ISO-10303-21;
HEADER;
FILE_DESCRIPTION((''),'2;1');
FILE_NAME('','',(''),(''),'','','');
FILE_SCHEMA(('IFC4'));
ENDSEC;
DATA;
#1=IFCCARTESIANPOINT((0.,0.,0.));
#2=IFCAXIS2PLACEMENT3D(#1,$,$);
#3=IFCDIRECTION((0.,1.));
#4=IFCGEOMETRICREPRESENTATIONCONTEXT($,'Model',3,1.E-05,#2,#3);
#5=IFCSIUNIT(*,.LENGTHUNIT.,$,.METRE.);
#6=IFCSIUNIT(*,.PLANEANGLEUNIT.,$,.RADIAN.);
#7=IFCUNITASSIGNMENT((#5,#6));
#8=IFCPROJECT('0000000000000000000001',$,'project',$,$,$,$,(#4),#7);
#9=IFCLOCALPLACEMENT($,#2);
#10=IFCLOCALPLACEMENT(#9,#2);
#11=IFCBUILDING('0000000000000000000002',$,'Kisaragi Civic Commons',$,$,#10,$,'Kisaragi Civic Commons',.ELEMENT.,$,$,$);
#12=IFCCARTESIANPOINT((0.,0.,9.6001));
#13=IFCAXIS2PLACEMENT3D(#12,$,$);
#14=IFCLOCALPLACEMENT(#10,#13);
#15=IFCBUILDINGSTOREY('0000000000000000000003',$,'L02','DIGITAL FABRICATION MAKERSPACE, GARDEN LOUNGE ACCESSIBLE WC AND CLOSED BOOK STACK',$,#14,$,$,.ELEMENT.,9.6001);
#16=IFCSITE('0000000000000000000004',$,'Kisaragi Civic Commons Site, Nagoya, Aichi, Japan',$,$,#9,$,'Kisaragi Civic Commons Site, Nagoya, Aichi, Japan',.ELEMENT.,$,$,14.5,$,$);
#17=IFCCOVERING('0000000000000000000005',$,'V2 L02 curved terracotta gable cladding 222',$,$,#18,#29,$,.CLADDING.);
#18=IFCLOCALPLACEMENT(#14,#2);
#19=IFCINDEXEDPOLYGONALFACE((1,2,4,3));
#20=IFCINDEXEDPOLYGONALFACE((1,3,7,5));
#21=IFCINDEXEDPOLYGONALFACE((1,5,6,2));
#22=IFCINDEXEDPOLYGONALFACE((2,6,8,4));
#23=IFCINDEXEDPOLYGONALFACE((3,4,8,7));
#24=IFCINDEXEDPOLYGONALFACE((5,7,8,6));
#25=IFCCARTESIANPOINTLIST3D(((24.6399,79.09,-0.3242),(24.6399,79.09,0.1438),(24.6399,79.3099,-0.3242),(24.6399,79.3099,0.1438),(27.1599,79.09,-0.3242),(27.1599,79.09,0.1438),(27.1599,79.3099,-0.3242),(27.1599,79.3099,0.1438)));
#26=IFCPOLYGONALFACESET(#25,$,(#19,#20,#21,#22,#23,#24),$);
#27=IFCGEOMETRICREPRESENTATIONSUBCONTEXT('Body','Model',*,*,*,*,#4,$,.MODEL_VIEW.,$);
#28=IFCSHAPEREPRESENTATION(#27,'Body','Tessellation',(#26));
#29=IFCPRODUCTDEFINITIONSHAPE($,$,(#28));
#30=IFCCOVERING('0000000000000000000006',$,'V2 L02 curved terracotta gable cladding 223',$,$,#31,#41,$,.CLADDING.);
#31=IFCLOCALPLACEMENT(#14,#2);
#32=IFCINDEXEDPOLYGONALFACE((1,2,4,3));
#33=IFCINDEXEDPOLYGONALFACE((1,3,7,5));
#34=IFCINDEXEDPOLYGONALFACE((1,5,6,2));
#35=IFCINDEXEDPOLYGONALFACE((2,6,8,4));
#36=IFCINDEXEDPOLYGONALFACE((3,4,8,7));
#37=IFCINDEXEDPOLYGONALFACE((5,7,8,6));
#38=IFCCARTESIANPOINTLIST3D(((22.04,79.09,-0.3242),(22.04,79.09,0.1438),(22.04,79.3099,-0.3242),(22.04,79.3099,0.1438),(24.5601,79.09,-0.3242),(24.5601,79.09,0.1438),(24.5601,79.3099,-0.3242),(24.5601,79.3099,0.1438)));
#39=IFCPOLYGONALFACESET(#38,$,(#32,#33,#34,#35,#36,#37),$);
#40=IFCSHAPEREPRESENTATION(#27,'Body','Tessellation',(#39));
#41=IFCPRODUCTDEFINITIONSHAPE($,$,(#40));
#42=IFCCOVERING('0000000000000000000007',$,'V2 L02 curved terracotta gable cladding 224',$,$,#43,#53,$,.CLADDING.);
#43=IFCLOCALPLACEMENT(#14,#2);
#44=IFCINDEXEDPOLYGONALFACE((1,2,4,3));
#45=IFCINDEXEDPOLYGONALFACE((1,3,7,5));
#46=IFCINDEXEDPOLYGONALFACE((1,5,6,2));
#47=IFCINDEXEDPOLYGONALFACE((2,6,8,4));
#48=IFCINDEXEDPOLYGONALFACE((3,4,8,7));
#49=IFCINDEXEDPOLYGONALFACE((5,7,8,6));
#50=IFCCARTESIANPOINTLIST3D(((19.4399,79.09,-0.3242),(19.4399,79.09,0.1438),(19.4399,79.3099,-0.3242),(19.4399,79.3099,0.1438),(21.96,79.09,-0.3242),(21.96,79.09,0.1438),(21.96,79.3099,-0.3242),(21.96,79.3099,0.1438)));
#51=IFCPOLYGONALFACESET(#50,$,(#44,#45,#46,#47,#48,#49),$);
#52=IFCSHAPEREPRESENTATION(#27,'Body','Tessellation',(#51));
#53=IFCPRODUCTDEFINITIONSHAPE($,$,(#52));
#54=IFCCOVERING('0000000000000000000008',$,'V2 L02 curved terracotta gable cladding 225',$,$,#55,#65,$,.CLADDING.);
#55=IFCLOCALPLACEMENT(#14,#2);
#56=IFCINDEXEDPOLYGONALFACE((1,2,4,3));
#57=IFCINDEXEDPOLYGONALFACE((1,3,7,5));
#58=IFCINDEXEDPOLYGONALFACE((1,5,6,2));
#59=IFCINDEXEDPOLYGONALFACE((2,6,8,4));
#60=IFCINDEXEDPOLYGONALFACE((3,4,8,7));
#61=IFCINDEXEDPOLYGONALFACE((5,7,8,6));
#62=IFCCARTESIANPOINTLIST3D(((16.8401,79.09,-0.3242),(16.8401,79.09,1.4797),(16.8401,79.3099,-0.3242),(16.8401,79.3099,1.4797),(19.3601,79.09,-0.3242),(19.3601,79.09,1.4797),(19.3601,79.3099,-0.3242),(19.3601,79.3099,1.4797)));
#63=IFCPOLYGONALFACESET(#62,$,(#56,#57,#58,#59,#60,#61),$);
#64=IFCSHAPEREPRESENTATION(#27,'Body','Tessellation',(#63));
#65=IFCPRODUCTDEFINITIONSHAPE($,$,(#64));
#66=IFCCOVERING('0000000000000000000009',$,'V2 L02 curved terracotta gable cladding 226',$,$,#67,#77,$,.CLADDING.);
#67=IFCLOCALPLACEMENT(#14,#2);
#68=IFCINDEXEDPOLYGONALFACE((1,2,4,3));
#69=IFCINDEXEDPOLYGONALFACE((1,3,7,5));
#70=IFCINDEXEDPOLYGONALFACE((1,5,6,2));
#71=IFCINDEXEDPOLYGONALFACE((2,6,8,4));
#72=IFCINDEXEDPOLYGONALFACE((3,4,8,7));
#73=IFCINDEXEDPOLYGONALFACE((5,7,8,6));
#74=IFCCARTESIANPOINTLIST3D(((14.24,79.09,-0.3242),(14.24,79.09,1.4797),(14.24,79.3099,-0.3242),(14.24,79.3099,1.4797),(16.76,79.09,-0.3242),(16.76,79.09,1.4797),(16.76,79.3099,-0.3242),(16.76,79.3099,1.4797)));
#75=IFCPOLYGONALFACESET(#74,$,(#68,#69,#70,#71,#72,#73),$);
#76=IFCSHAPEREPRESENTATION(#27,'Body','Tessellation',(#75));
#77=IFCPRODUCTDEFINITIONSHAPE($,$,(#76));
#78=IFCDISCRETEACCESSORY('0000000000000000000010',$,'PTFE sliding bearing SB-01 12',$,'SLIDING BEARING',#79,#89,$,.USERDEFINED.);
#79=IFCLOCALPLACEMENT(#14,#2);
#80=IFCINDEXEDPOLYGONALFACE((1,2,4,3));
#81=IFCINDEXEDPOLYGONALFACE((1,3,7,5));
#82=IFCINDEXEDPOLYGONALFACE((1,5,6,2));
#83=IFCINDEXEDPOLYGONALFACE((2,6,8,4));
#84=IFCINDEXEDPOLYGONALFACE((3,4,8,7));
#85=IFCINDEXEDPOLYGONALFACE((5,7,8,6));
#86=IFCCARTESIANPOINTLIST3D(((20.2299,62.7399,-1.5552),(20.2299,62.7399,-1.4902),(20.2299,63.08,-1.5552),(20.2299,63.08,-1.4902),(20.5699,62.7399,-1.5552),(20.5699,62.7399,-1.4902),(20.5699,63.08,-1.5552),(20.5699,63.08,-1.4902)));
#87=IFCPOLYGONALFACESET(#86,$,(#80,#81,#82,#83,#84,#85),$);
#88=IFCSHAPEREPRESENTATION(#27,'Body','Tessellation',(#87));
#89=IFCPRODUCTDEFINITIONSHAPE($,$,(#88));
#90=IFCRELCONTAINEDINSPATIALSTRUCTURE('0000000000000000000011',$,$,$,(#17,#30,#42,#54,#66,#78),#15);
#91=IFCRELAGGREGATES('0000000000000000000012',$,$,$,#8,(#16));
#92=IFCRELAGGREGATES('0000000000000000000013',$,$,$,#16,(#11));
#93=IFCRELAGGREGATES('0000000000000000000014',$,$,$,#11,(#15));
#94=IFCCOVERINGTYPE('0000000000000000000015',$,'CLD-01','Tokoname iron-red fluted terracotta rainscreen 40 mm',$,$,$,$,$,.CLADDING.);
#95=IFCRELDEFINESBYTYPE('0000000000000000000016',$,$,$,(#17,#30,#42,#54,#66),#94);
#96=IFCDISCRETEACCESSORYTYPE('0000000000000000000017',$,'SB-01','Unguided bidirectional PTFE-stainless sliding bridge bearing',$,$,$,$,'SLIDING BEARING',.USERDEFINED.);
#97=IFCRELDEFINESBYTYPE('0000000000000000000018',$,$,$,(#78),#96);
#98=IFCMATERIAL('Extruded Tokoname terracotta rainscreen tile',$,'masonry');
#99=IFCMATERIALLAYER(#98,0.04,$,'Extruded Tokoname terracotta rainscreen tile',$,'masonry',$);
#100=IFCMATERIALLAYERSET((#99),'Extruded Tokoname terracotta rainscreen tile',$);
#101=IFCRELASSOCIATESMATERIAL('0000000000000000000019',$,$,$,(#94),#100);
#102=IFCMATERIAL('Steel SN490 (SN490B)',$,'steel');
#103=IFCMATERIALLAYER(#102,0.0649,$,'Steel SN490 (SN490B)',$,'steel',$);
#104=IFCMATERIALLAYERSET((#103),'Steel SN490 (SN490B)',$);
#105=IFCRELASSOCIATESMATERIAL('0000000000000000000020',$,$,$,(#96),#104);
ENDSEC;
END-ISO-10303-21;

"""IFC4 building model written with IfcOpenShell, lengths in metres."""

from ifc_helpers import new_model, si_unit, direction, frame, origin, origin_2d, place, context, subcontext, project, spatial, rectangle, extrude, material, layer, layer_set, type_object, element, save


model = new_model("IFC4")

# Units and contexts
model_context = context("Model", 3, precision=1e-05, world=origin(), true_north=direction((0.0, 1.0)))
body_context = subcontext(model_context, "Body", "Model", "MODEL_VIEW")
ifc_project = project(units=[si_unit("LENGTHUNIT", "METRE"), si_unit("PLANEANGLEUNIT", "RADIAN")], contexts=[model_context])

# Site, building, storey
site_placement = place(None, origin())
site = spatial("IfcSite", under=ifc_project, at=site_placement, Name="Kisaragi Civic Commons Site, Nagoya, Aichi, Japan", LongName="Kisaragi Civic Commons Site, Nagoya, Aichi, Japan", CompositionType="ELEMENT", RefElevation=14.5)
building_placement = place(site_placement, origin())
building = spatial("IfcBuilding", under=site, at=building_placement, Name="Kisaragi Civic Commons", LongName="Kisaragi Civic Commons", CompositionType="ELEMENT")
storey_placement = place(building_placement, frame((0.0, 0.0, 9.6001)))
storey = spatial("IfcBuildingStorey", under=building, at=storey_placement, Name="L02", Description="DIGITAL FABRICATION MAKERSPACE, GARDEN LOUNGE ACCESSIBLE WC AND CLOSED BOOK STACK", CompositionType="ELEMENT", Elevation=9.6001)

# Shared definitions
ifc_material_1 = material(Name="Steel SN490 (SN490B)", Category="steel")

# Coverings
ifc_material_2 = material(Name="Extruded Tokoname terracotta rainscreen tile", Category="masonry")
ifc_layer_1 = layer(ifc_material_2, 0.04, Name="Extruded Tokoname terracotta rainscreen tile", Category="masonry")
ifc_layer_set_1 = layer_set([ifc_layer_1], Name="Extruded Tokoname terracotta rainscreen tile")
covering_type = type_object("IfcCoveringType", Name="CLD-01", Description="Tokoname iron-red fluted terracotta rainscreen 40 mm", PredefinedType="CLADDING", material=ifc_layer_set_1)
for number, where, z_axis, x_axis, name in (
    (1, (25.8999, 79.2, -0.3242), (0.0, 0.0, 1.0), (-1.0, 0.0, 0.0), "V2 L02 curved terracotta gable cladding 222"),
    (2, (23.3, 79.2, -0.3242), (0.0, 0.0, 1.0), (-1.0, 0.0, 0.0), "V2 L02 curved terracotta gable cladding 223"),
    (3, (20.7, 79.2, -0.3242), (0.0, 0.0, 1.0), (-1.0, 0.0, 0.0), "V2 L02 curved terracotta gable cladding 224"),
):
    element("IfcCovering", number, at=place(storey_placement, frame(where, z_axis=z_axis, x_axis=x_axis)), inside=storey, type_object=covering_type, Name=name, PredefinedType="CLADDING", context=body_context, shape_type="SweptSolid", body=[
        extrude(rectangle(XDim=2.52, YDim=0.22, at=origin_2d()), origin(), (0.0, 0.0, 1.0), 0.468),
    ])
for number, where, z_axis, x_axis, name in (
    (4, (18.1001, 79.2, -0.3242), (0.0, 0.0, 1.0), (-1.0, 0.0, 0.0), "V2 L02 curved terracotta gable cladding 225"),
    (5, (15.5, 79.2, -0.3242), (0.0, 0.0, 1.0), (-1.0, 0.0, 0.0), "V2 L02 curved terracotta gable cladding 226"),
):
    element("IfcCovering", number, at=place(storey_placement, frame(where, z_axis=z_axis, x_axis=x_axis)), inside=storey, type_object=covering_type, Name=name, PredefinedType="CLADDING", context=body_context, shape_type="SweptSolid", body=[
        extrude(rectangle(XDim=2.52, YDim=0.22, at=origin_2d()), origin(), (0.0, 0.0, 1.0), 1.804),
    ])

# Discrete accessory
ifc_layer_2 = layer(ifc_material_1, 0.0649, Name="Steel SN490 (SN490B)", Category="steel")
ifc_layer_set_2 = layer_set([ifc_layer_2], Name="Steel SN490 (SN490B)")
discrete_accessory_type = type_object("IfcDiscreteAccessoryType", Name="SB-01", Description="Unguided bidirectional PTFE-stainless sliding bridge bearing", ElementType="SLIDING BEARING", PredefinedType="USERDEFINED", material=ifc_layer_set_2)
discrete_accessory_placement = place(storey_placement, frame((20.3999, 62.9099, -1.5552), z_axis=(0.0, 0.0, 1.0), x_axis=(1.0, 0.0, 0.0)))
element("IfcDiscreteAccessory", 6, at=discrete_accessory_placement, inside=storey, type_object=discrete_accessory_type, Name="PTFE sliding bearing SB-01 12", ObjectType="SLIDING BEARING", PredefinedType="USERDEFINED", context=body_context, shape_type="SweptSolid", body=[
    extrude(rectangle(XDim=0.3401, YDim=0.3401, at=origin_2d()), origin(), (0.0, 0.0, 1.0), 0.0649),
])

save(model, "model.ifc")
